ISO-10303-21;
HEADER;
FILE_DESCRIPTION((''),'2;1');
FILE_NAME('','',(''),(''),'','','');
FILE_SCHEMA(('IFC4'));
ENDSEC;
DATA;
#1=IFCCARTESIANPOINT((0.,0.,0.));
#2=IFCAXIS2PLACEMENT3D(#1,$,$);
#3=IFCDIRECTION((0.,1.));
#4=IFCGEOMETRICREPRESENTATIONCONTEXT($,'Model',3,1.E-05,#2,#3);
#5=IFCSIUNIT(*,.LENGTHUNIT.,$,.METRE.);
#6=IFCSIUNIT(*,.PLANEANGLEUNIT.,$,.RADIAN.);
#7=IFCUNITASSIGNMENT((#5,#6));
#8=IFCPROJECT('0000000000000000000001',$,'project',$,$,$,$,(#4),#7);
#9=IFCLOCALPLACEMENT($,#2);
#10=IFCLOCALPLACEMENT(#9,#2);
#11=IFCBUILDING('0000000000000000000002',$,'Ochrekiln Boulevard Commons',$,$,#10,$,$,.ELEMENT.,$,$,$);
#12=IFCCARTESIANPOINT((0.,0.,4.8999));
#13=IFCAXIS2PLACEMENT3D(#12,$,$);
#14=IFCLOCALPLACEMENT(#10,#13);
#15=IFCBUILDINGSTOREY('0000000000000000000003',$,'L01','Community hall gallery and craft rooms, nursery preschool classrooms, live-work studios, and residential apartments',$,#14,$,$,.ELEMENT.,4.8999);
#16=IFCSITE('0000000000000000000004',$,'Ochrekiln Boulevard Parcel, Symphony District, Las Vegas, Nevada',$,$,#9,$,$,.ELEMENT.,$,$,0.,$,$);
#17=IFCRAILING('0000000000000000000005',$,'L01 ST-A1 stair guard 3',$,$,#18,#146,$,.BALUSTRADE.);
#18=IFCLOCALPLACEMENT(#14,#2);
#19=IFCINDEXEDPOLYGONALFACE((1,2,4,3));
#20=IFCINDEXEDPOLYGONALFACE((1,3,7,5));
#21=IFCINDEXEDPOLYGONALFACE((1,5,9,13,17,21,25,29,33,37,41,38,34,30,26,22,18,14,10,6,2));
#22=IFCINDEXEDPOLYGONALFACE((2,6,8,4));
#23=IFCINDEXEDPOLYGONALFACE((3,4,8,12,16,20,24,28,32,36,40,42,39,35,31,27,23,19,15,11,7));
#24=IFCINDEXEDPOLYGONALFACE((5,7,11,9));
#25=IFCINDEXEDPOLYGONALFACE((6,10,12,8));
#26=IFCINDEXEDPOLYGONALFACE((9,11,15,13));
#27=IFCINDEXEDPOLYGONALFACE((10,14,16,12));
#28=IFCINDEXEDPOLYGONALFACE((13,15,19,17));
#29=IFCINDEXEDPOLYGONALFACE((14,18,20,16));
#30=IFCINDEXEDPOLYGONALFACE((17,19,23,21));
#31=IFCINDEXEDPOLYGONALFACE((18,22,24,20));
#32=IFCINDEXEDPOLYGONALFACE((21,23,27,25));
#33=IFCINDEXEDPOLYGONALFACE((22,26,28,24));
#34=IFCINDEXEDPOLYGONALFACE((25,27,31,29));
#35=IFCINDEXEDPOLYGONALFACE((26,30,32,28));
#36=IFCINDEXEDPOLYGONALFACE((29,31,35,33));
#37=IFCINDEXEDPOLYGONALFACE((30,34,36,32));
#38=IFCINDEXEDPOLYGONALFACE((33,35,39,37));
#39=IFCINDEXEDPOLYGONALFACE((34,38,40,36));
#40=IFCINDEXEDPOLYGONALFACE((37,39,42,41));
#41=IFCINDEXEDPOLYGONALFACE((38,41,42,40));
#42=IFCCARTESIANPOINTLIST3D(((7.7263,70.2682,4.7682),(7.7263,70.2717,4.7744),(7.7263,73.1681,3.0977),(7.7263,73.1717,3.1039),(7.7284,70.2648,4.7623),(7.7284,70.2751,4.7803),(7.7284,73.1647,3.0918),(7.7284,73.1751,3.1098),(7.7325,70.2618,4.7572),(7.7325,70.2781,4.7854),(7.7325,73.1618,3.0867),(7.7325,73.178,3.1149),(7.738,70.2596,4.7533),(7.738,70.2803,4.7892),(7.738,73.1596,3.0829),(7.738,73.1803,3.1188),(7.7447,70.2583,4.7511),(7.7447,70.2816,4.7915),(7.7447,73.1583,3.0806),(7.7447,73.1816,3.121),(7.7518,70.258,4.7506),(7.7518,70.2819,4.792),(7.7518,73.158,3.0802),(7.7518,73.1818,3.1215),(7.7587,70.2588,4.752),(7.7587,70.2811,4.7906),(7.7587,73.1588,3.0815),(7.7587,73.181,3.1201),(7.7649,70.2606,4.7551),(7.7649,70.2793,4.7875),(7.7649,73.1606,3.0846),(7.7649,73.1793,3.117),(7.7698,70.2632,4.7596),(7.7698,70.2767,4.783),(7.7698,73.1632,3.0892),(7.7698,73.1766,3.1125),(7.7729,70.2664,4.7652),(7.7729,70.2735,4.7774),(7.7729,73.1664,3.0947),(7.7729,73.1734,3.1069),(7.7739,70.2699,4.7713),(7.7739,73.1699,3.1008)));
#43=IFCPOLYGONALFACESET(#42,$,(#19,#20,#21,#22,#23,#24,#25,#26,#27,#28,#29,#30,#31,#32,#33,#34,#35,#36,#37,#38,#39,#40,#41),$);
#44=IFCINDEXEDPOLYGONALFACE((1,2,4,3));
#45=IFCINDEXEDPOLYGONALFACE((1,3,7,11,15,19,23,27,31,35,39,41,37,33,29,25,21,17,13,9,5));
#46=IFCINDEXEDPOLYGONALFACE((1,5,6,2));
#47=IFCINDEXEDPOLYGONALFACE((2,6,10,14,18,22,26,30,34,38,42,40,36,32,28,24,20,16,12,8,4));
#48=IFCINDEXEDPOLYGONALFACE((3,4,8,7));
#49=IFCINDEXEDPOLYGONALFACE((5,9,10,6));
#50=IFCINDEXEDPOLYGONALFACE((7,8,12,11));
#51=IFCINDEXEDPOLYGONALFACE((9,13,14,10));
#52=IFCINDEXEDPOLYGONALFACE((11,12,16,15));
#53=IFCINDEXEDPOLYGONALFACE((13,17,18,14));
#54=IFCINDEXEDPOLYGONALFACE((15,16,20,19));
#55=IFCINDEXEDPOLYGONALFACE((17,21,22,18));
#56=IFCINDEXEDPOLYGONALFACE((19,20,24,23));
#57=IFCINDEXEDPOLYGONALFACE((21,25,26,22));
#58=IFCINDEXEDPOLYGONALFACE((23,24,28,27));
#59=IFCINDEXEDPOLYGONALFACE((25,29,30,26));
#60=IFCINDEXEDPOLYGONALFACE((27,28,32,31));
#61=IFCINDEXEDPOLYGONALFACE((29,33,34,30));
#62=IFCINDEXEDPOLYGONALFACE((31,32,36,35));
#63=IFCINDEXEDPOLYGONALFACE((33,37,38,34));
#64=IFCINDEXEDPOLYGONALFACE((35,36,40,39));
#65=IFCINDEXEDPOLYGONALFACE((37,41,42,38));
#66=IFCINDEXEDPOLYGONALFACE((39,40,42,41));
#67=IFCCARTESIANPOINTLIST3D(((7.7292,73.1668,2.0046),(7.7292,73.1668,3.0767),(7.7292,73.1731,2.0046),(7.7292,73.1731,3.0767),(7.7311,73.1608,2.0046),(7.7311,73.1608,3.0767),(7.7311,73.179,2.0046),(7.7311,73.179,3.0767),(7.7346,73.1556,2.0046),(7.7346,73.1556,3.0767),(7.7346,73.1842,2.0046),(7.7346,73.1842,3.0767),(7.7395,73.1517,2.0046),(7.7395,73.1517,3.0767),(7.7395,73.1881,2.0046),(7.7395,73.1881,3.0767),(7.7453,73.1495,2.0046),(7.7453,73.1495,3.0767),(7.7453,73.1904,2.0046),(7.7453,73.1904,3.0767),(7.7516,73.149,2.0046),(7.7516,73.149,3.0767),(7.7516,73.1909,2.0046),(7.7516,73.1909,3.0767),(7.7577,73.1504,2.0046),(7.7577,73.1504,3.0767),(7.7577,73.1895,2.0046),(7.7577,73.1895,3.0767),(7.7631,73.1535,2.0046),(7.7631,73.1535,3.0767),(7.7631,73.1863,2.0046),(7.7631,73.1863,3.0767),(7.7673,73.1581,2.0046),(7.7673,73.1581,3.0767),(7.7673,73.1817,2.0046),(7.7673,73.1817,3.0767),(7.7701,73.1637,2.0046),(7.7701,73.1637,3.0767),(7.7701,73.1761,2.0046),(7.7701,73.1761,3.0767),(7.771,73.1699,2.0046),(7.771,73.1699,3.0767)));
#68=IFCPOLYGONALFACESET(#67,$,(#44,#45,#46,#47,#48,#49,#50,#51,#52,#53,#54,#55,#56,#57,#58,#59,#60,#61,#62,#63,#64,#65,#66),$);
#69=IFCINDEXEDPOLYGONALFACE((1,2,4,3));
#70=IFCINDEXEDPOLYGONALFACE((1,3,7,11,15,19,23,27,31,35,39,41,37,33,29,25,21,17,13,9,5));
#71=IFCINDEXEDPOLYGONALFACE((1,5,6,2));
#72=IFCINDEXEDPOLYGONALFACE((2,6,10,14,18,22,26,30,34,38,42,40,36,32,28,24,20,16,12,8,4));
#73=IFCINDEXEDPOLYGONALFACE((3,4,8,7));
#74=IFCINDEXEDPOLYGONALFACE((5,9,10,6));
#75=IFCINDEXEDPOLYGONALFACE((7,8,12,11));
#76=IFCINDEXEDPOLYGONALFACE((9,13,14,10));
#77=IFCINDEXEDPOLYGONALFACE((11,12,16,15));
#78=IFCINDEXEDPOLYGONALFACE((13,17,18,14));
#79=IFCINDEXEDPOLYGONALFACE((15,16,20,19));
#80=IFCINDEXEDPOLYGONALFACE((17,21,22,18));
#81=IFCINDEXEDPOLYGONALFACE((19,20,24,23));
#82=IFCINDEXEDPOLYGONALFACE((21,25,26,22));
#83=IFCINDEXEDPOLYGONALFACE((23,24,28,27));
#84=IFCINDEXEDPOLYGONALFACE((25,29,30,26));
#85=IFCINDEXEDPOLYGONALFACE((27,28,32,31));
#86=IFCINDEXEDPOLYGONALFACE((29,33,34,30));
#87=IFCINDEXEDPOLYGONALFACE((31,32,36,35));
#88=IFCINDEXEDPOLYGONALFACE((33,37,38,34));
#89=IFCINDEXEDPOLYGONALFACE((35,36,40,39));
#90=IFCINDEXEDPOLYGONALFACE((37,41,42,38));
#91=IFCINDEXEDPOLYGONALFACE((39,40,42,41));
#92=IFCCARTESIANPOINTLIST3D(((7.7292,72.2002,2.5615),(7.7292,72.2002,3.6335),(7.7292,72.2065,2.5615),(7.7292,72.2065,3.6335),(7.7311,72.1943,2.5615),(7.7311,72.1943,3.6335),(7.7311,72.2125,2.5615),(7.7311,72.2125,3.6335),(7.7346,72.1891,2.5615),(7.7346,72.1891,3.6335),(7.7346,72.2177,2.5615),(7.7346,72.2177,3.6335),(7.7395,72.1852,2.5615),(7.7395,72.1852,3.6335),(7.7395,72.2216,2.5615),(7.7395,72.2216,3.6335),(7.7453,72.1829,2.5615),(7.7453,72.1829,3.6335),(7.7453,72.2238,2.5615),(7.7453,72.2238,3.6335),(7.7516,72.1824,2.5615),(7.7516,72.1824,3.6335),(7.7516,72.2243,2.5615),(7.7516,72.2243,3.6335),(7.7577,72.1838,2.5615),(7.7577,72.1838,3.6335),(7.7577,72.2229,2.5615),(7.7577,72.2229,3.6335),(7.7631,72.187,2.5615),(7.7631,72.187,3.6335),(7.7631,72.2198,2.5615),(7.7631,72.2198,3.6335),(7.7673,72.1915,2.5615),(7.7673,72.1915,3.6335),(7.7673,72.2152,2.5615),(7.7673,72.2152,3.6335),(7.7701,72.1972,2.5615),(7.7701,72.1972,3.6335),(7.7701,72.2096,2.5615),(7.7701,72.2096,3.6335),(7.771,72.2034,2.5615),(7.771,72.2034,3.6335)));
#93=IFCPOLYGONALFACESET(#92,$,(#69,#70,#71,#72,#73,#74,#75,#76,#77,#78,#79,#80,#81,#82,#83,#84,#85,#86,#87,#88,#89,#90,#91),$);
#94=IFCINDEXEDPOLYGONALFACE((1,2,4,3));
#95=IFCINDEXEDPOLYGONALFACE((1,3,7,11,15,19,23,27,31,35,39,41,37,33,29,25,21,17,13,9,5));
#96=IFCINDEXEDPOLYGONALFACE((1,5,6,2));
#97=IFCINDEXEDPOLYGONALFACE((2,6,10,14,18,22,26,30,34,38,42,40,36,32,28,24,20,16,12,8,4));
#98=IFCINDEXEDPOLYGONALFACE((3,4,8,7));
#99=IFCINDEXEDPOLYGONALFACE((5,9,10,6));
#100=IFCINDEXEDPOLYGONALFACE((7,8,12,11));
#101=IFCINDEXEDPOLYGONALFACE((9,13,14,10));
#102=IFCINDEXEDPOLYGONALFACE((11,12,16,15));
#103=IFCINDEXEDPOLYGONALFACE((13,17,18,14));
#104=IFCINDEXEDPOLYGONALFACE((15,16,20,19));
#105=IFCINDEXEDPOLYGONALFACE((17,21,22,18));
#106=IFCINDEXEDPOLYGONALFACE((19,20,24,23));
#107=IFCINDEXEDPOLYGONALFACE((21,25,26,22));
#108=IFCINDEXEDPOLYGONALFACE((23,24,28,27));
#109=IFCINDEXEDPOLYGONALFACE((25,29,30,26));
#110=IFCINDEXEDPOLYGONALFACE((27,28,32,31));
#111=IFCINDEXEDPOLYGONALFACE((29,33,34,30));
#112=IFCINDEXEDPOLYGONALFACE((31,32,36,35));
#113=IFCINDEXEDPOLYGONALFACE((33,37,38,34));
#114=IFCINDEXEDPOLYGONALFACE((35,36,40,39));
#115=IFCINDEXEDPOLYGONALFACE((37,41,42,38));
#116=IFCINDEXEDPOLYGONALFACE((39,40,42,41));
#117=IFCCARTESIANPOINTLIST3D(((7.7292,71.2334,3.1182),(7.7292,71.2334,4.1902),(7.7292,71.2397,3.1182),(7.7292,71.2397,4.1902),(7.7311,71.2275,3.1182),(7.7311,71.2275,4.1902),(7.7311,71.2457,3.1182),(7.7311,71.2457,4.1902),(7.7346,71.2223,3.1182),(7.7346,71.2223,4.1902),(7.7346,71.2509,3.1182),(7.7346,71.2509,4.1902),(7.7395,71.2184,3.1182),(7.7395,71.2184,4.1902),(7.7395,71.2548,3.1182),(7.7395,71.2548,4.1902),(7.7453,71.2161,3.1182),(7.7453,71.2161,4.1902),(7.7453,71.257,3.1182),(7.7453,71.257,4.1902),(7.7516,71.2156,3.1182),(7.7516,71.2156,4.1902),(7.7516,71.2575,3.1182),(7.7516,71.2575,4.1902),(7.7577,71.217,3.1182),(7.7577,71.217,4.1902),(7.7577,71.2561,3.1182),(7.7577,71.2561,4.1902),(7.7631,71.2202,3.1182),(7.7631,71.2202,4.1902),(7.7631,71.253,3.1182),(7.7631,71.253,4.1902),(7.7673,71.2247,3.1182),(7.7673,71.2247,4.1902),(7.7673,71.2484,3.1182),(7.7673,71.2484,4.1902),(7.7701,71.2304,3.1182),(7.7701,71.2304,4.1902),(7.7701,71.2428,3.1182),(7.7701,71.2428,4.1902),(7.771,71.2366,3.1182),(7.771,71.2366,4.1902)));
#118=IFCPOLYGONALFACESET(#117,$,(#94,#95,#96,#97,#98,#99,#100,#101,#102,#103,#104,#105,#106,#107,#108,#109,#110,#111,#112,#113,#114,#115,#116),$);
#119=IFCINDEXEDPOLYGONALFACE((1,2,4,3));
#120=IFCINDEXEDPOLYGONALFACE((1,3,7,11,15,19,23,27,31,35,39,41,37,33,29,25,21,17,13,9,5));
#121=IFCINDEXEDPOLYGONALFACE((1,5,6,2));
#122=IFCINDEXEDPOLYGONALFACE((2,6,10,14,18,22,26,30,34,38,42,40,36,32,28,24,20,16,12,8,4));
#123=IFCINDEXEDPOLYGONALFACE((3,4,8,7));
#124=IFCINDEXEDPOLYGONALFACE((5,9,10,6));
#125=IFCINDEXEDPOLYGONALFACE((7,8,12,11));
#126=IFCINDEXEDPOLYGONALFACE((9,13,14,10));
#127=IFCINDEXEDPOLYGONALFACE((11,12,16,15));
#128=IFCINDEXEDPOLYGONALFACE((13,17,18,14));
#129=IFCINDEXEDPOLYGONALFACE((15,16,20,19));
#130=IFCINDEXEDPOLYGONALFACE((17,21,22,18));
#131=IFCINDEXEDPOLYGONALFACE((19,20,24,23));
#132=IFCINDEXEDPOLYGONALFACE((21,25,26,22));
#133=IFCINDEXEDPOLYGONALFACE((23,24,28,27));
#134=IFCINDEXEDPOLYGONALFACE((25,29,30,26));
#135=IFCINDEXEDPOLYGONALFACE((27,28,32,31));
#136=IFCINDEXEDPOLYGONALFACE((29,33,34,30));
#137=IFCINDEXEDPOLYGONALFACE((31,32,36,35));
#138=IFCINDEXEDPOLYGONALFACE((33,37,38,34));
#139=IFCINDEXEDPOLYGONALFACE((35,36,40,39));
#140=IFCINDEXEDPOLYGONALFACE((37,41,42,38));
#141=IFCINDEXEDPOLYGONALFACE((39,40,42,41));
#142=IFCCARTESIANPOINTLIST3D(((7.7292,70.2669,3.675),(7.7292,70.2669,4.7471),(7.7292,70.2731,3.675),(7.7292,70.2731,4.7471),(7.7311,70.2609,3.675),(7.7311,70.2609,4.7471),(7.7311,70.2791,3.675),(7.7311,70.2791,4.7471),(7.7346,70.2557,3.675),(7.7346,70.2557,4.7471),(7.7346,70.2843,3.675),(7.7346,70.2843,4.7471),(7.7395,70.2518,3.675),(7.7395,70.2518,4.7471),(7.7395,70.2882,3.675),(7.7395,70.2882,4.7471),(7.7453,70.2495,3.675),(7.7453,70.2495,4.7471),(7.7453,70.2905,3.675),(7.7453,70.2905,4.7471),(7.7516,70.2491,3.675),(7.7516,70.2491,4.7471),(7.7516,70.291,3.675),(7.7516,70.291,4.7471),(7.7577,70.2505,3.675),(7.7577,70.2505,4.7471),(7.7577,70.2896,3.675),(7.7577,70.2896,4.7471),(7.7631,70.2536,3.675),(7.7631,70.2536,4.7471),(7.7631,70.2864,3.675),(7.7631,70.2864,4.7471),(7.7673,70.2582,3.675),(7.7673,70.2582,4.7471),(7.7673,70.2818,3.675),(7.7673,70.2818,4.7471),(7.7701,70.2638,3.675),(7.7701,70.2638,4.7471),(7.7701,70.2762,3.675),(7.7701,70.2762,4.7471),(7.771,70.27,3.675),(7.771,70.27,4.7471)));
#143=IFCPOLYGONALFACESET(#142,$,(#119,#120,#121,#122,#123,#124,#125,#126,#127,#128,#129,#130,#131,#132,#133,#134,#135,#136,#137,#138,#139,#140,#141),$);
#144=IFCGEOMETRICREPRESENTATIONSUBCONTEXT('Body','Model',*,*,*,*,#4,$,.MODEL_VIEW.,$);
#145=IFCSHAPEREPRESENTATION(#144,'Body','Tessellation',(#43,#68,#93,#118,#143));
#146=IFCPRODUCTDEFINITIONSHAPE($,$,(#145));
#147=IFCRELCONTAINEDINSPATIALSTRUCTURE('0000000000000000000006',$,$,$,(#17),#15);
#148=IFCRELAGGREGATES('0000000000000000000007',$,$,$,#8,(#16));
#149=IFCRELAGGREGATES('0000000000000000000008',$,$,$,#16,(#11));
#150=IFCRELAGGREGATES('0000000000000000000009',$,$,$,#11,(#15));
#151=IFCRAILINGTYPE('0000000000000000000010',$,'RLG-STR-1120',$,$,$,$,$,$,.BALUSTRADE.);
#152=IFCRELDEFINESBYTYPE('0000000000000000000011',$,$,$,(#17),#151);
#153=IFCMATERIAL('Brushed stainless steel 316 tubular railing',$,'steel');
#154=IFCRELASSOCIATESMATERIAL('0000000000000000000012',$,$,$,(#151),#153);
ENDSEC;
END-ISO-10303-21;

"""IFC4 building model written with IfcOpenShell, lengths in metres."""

from ifc_helpers import new_model, si_unit, direction, frame, origin, origin_2d, place, context, subcontext, project, spatial, circle, extrude, material, type_object, element, save


model = new_model("IFC4")

# Units and contexts
model_context = context("Model", 3, precision=1e-05, world=origin(), true_north=direction((0.0, 1.0)))
body_context = subcontext(model_context, "Body", "Model", "MODEL_VIEW")
ifc_project = project(units=[si_unit("LENGTHUNIT", "METRE"), si_unit("PLANEANGLEUNIT", "RADIAN")], contexts=[model_context])

# Site, building, storey
site_placement = place(None, origin())
site = spatial("IfcSite", under=ifc_project, at=site_placement, Name="Ochrekiln Boulevard Parcel, Symphony District, Las Vegas, Nevada", CompositionType="ELEMENT", RefElevation=0.0)
building_placement = place(site_placement, origin())
building = spatial("IfcBuilding", under=site, at=building_placement, Name="Ochrekiln Boulevard Commons", CompositionType="ELEMENT")
storey_placement = place(building_placement, frame((0.0, 0.0, 4.8999)))
storey = spatial("IfcBuildingStorey", under=building, at=storey_placement, Name="L01", Description="Community hall gallery and craft rooms, nursery preschool classrooms, live-work studios, and residential apartments", CompositionType="ELEMENT", Elevation=4.8999)

# Railing
ifc_material_1 = material(Name="Brushed stainless steel 316 tubular railing", Category="steel")
railing_type_1 = type_object("IfcRailingType", Name="RLG-STR-1120", PredefinedType="BALUSTRADE", material=ifc_material_1)
railing_1_placement = place(storey_placement, frame((7.75, 73.1699, 2.0046)))
element("IfcRailing", 1, at=railing_1_placement, inside=storey, type_object=railing_type_1, Name="L01 ST-A1 stair guard 3", PredefinedType="BALUSTRADE", context=body_context, shape_type="SweptSolid", body=[
    extrude(circle(Radius=0.0239, at=origin_2d()), frame((0.0, 0.0, 1.0962), z_axis=(0.0, -0.866523, 0.499137), x_axis=(1.0, 0.0, 0.0)), (0.0, 0.0, 1.0), 3.3467),
    extrude(circle(Radius=0.021, at=origin_2d()), origin(), (0.0, 0.0, 1.0), 1.072),
    extrude(circle(Radius=0.021, at=origin_2d()), frame((0.0, -0.9666, 0.5569)), (0.0, 0.0, 1.0), 1.072),
    extrude(circle(Radius=0.021, at=origin_2d()), frame((0.0, -1.9333, 1.1135)), (0.0, 0.0, 1.0), 1.072),
    extrude(circle(Radius=0.021, at=origin_2d()), frame((0.0, -2.8999, 1.6704)), (0.0, 0.0, 1.0), 1.072),
])

save(model, "model.ifc")
